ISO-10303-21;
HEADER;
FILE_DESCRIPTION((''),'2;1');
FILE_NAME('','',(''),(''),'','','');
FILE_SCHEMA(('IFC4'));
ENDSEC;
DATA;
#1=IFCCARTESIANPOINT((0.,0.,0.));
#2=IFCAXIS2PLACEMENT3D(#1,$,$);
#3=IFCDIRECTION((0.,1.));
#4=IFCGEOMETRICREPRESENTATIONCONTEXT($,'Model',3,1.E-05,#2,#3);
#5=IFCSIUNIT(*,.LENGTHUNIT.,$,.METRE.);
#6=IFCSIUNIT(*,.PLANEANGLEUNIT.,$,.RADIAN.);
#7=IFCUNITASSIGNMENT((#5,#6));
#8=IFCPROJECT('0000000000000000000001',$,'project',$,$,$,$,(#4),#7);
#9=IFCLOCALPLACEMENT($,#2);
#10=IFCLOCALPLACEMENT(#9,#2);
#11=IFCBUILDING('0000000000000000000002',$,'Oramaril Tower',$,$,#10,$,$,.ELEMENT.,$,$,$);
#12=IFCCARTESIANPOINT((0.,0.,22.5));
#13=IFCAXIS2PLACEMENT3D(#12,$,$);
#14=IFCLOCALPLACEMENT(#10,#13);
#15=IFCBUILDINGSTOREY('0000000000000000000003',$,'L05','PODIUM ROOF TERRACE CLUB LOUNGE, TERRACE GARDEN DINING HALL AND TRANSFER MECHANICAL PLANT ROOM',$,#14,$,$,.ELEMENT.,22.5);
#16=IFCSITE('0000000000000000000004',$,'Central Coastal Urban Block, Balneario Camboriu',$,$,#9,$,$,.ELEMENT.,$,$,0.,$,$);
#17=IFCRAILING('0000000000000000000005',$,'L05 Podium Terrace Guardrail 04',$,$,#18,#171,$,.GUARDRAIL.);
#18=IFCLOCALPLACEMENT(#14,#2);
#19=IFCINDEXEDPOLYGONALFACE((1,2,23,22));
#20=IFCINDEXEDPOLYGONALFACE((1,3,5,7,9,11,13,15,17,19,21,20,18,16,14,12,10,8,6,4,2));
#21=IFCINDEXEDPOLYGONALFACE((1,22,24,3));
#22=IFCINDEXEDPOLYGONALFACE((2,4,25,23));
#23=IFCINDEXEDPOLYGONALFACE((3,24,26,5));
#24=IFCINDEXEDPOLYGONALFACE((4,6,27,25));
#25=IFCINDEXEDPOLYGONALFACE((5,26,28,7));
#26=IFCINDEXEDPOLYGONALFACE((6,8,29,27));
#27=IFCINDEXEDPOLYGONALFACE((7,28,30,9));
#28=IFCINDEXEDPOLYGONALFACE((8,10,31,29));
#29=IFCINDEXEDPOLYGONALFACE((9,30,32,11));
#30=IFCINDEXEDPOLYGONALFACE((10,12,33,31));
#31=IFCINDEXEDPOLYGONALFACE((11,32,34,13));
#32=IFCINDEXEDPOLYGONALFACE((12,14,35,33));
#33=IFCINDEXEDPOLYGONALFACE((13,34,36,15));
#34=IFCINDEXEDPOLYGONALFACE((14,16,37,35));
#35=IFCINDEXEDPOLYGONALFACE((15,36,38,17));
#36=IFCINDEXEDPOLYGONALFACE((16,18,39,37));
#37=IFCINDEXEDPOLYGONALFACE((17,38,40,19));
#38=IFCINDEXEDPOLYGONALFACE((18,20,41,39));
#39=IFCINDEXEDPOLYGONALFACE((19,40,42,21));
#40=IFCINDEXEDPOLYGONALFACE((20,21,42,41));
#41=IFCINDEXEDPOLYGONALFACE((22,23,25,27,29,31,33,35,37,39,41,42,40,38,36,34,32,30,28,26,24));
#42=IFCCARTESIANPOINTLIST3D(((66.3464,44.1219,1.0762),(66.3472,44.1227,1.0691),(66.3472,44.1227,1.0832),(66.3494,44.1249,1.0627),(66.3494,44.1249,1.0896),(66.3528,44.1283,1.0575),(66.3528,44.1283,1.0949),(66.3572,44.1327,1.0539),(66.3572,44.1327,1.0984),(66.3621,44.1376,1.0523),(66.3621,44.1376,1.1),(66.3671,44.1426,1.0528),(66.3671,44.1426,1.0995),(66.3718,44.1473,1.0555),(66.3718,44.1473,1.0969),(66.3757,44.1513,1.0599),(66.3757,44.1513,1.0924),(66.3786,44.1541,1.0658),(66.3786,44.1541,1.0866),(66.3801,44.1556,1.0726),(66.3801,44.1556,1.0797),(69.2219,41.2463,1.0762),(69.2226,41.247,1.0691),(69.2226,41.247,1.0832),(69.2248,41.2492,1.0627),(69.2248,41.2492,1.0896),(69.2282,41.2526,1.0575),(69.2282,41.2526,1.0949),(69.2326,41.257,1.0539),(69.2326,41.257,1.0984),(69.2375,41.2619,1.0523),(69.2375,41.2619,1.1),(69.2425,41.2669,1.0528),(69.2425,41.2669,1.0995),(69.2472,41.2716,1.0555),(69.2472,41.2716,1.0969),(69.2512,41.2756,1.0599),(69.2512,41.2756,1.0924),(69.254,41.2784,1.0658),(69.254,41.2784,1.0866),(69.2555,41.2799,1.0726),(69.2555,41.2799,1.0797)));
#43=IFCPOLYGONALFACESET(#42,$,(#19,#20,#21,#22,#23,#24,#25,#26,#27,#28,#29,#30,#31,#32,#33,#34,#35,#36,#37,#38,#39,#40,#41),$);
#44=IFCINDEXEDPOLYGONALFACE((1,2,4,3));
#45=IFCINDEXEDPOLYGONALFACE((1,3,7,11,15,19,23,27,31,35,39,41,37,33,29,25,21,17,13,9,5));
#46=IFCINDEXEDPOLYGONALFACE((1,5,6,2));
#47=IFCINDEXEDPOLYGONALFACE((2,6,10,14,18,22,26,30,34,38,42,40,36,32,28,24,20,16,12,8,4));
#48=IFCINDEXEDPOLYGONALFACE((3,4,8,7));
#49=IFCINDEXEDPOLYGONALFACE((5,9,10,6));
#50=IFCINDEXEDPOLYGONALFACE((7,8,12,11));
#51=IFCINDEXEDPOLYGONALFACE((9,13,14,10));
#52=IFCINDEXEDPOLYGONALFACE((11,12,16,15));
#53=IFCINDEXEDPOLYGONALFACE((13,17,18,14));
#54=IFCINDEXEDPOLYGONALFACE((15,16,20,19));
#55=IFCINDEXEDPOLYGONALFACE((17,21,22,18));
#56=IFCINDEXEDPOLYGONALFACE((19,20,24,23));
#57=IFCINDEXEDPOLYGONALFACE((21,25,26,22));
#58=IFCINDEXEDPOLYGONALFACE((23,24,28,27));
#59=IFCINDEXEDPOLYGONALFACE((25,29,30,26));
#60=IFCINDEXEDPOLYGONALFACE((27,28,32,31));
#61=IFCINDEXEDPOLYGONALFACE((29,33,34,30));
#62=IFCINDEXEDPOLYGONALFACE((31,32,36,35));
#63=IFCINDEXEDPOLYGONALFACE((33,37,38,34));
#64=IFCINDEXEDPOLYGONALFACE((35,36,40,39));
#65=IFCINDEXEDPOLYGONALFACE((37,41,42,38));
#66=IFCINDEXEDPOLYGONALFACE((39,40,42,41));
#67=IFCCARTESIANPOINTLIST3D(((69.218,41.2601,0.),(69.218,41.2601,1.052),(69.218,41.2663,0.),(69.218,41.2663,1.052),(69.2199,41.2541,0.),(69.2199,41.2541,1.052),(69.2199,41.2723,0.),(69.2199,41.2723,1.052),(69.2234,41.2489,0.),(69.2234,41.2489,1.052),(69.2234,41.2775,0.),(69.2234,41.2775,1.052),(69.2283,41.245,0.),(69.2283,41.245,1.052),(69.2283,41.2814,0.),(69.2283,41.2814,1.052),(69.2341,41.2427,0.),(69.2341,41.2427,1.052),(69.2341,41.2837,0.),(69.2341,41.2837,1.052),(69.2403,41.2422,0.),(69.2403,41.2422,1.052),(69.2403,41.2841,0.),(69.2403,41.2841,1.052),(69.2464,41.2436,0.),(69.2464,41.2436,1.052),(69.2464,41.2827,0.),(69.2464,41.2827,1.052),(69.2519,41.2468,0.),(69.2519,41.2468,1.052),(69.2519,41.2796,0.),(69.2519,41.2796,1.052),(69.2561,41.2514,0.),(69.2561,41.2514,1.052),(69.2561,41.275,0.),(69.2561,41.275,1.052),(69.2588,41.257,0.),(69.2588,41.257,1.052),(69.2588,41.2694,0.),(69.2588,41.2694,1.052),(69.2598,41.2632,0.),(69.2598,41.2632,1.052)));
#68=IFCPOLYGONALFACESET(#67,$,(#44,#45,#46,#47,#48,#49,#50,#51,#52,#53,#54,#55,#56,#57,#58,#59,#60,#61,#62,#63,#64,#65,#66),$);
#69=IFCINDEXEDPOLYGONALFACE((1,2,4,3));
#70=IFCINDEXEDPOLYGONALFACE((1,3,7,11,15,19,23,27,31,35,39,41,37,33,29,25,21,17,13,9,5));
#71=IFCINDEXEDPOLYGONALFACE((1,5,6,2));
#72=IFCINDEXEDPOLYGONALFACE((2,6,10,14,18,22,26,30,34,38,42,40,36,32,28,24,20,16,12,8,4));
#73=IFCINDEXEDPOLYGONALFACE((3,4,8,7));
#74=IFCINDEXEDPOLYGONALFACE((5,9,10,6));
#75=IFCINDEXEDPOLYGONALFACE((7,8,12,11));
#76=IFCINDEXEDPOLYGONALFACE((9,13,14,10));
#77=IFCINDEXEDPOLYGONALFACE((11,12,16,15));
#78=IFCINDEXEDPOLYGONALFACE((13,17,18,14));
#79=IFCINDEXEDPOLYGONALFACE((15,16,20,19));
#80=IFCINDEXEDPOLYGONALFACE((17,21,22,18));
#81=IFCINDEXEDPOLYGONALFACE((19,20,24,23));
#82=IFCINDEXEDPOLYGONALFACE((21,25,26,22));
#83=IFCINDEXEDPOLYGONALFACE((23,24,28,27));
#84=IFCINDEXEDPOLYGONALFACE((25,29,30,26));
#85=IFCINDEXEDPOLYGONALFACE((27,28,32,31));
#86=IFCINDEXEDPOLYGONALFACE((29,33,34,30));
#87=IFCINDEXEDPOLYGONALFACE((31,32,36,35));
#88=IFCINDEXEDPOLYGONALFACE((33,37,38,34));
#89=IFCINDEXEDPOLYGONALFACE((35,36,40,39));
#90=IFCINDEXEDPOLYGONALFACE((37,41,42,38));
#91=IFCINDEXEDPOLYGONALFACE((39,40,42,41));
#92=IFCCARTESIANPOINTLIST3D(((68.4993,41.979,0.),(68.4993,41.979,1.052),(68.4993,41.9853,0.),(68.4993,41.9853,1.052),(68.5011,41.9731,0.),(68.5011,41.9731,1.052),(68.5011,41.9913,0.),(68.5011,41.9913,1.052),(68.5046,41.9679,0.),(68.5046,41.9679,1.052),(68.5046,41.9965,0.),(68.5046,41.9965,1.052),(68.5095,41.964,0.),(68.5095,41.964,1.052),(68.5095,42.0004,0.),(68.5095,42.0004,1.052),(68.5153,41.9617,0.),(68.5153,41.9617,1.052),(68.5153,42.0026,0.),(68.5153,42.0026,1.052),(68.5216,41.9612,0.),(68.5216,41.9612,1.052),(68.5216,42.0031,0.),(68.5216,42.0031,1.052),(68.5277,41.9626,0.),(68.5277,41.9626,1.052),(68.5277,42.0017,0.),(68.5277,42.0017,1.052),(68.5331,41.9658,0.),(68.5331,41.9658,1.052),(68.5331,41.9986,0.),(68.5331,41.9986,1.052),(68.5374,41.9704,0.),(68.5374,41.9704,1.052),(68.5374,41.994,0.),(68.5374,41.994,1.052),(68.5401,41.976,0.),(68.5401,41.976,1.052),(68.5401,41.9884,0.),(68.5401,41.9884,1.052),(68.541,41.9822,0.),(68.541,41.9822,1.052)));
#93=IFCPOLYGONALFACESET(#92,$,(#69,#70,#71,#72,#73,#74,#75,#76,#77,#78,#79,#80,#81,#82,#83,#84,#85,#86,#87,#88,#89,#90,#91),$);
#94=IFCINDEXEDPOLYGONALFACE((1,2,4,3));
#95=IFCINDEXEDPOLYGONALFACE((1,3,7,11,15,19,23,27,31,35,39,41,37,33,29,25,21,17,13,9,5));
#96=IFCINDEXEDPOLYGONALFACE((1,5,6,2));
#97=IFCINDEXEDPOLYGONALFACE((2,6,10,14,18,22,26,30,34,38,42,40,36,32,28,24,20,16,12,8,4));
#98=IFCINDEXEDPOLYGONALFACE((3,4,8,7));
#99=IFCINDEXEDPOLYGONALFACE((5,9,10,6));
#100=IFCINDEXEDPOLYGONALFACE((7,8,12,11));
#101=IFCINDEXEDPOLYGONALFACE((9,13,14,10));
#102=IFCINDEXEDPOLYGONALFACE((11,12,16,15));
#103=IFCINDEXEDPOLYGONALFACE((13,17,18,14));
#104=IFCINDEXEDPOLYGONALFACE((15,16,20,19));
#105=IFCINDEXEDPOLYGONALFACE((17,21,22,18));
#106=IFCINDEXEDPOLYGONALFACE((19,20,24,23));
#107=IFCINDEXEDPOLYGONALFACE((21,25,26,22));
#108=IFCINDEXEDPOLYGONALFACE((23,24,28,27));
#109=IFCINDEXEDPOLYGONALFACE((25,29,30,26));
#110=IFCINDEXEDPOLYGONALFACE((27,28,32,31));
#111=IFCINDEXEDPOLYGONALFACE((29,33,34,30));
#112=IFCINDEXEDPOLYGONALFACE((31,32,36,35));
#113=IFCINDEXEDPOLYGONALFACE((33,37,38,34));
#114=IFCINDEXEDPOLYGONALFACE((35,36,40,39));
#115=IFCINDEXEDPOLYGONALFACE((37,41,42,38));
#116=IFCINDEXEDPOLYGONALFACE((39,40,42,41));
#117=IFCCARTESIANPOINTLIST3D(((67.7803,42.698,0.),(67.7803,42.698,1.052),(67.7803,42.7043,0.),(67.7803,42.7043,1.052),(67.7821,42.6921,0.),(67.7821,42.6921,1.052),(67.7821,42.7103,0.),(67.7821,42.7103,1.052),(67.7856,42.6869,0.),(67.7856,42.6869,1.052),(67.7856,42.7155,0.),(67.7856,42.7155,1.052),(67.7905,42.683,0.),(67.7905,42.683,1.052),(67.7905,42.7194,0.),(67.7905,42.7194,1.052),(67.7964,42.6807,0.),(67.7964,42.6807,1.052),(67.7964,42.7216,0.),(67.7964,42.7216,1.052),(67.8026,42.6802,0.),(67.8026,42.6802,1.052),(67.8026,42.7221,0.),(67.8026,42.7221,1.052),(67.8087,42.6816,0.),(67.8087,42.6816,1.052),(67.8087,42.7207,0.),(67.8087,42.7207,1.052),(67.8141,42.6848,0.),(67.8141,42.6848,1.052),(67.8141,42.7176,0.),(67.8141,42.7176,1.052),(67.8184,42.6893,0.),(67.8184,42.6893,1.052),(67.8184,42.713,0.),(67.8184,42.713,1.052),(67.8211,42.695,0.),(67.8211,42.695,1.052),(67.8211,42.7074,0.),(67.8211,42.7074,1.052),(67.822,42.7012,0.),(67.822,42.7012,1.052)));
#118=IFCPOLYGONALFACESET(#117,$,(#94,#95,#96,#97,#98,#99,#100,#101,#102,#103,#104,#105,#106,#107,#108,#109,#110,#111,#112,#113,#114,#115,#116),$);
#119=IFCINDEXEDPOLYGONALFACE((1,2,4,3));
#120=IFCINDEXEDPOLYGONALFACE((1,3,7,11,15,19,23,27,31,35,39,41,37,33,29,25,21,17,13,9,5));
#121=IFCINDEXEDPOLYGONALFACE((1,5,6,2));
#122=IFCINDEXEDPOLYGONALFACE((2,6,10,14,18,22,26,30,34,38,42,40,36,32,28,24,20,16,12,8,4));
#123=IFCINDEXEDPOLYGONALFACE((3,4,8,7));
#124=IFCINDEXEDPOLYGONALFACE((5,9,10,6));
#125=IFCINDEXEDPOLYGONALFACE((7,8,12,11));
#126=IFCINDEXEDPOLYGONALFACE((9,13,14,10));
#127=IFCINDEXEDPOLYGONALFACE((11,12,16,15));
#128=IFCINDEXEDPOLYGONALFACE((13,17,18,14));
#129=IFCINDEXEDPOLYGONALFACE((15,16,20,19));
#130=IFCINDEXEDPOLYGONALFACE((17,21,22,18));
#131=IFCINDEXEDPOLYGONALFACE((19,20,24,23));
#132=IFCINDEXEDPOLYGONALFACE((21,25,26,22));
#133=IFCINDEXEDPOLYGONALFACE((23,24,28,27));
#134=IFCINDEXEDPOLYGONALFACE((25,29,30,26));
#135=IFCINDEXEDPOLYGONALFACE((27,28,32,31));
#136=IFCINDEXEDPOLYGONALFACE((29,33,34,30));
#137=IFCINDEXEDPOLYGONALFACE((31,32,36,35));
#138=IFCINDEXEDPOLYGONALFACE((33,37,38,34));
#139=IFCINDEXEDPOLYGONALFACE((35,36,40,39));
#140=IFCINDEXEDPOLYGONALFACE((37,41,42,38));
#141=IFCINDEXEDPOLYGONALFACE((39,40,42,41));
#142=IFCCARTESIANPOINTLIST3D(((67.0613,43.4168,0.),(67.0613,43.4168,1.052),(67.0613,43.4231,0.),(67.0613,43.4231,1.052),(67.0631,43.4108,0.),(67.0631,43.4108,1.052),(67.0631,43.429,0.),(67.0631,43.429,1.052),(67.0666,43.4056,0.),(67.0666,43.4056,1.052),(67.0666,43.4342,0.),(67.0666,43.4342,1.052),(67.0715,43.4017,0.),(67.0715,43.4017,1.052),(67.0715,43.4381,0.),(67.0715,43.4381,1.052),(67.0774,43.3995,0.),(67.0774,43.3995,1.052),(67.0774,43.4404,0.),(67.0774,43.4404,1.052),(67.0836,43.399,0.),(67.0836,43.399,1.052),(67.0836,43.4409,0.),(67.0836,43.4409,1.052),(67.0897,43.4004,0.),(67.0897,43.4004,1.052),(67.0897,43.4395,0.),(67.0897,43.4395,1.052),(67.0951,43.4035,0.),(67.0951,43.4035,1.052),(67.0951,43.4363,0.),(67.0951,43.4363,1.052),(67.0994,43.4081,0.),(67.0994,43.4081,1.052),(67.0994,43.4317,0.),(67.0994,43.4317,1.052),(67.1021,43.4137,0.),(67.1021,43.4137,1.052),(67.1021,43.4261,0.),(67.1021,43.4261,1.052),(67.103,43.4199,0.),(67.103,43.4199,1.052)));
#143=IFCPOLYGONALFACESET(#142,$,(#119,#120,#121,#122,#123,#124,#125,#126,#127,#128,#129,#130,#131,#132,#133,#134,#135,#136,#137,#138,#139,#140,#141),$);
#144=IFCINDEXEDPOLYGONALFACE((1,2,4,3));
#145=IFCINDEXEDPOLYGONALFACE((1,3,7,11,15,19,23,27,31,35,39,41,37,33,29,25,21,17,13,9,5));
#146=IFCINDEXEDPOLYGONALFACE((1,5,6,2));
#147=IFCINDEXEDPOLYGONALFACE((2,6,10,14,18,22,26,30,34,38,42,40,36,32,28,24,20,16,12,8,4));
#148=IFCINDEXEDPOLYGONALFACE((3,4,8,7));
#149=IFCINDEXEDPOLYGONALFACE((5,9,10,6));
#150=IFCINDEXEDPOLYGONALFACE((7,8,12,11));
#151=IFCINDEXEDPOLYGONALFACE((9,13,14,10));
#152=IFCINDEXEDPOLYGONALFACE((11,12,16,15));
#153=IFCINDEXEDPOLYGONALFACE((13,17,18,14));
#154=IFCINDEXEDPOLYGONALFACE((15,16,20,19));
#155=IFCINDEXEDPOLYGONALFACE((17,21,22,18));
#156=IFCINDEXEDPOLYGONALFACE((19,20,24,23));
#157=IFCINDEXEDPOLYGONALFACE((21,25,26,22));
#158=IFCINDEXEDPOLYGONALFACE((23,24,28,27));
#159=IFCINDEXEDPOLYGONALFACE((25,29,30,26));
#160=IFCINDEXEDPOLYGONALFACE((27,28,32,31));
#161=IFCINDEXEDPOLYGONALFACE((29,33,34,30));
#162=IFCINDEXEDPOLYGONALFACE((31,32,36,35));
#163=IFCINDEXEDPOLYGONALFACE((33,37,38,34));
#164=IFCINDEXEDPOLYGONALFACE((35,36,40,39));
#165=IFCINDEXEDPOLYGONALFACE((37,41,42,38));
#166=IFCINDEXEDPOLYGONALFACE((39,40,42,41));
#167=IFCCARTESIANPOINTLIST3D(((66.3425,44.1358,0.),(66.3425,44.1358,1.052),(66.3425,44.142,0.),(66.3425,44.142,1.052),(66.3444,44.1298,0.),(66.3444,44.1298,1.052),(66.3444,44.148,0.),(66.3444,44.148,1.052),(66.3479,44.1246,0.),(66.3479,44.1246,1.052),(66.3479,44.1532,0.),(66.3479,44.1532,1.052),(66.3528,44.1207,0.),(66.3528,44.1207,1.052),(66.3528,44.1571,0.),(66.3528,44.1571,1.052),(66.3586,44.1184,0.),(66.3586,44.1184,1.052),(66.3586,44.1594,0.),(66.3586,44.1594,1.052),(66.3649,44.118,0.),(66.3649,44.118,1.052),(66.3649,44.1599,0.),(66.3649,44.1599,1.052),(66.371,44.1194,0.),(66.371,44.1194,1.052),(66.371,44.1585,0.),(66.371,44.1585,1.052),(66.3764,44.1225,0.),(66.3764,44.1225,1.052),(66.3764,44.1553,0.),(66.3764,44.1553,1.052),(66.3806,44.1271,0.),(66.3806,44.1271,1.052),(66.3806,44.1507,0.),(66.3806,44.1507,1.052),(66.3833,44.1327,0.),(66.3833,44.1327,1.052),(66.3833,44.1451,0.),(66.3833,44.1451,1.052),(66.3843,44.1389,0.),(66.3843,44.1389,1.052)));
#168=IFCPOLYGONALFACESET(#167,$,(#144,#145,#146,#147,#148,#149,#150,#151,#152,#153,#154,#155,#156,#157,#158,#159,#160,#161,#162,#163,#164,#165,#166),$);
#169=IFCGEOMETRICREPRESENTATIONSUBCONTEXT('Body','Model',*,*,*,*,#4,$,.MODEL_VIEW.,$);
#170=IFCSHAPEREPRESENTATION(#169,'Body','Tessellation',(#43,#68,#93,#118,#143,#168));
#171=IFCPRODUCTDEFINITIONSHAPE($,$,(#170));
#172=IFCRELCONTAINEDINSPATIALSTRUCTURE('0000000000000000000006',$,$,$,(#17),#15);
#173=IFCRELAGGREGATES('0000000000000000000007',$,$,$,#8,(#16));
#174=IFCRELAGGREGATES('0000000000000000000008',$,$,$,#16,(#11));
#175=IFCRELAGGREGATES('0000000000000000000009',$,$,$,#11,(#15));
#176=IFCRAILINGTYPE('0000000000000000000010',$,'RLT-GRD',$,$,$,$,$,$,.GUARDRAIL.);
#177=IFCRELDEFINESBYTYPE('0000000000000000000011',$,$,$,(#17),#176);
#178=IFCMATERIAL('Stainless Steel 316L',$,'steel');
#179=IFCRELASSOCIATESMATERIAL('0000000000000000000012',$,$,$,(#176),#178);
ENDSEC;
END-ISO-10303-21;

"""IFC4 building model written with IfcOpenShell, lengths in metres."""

from ifc_helpers import new_model, si_unit, direction, frame, origin, origin_2d, place, context, subcontext, project, spatial, circle, extrude, material, type_object, element, save


model = new_model("IFC4")

# Units and contexts
model_context = context("Model", 3, precision=1e-05, world=origin(), true_north=direction((0.0, 1.0)))
body_context = subcontext(model_context, "Body", "Model", "MODEL_VIEW")
ifc_project = project(units=[si_unit("LENGTHUNIT", "METRE"), si_unit("PLANEANGLEUNIT", "RADIAN")], contexts=[model_context])

# Site, building, storey
site_placement = place(None, origin())
site = spatial("IfcSite", under=ifc_project, at=site_placement, Name="Central Coastal Urban Block, Balneario Camboriu", CompositionType="ELEMENT", RefElevation=0.0)
building_placement = place(site_placement, origin())
building = spatial("IfcBuilding", under=site, at=building_placement, Name="Oramaril Tower", CompositionType="ELEMENT")
storey_placement = place(building_placement, frame((0.0, 0.0, 22.5)))
storey = spatial("IfcBuildingStorey", under=building, at=storey_placement, Name="L05", Description="PODIUM ROOF TERRACE CLUB LOUNGE, TERRACE GARDEN DINING HALL AND TRANSFER MECHANICAL PLANT ROOM", CompositionType="ELEMENT", Elevation=22.5)

# Railing
ifc_material_1 = material(Name="Stainless Steel 316L", Category="steel")
railing_type = type_object("IfcRailingType", Name="RLT-GRD", PredefinedType="GUARDRAIL", material=ifc_material_1)
railing_1_placement = place(storey_placement, frame((69.2388, 41.2632, 0.0)))
element("IfcRailing", 1, at=railing_1_placement, inside=storey, type_object=railing_type, Name="L05 Podium Terrace Guardrail 04", PredefinedType="GUARDRAIL", context=body_context, shape_type="SweptSolid", body=[
    extrude(circle(Radius=0.0239, at=origin_2d()), frame((0.0, 0.0, 1.0762), z_axis=(-0.707077, 0.707137, 0.0), x_axis=(-0.707137, -0.707077, 0.0)), (0.0, 0.0, 1.0), 4.0667),
    extrude(circle(Radius=0.021, at=origin_2d()), origin(), (0.0, 0.0, 1.0), 1.052),
    extrude(circle(Radius=0.021, at=origin_2d()), frame((-0.7188, 0.719, 0.0)), (0.0, 0.0, 1.0), 1.052),
    extrude(circle(Radius=0.021, at=origin_2d()), frame((-1.4377, 1.438, 0.0)), (0.0, 0.0, 1.0), 1.052),
    extrude(circle(Radius=0.021, at=origin_2d()), frame((-2.1567, 2.1567, 0.0)), (0.0, 0.0, 1.0), 1.052),
    extrude(circle(Radius=0.021, at=origin_2d()), frame((-2.8755, 2.8757, 0.0)), (0.0, 0.0, 1.0), 1.052),
])

save(model, "model.ifc")
